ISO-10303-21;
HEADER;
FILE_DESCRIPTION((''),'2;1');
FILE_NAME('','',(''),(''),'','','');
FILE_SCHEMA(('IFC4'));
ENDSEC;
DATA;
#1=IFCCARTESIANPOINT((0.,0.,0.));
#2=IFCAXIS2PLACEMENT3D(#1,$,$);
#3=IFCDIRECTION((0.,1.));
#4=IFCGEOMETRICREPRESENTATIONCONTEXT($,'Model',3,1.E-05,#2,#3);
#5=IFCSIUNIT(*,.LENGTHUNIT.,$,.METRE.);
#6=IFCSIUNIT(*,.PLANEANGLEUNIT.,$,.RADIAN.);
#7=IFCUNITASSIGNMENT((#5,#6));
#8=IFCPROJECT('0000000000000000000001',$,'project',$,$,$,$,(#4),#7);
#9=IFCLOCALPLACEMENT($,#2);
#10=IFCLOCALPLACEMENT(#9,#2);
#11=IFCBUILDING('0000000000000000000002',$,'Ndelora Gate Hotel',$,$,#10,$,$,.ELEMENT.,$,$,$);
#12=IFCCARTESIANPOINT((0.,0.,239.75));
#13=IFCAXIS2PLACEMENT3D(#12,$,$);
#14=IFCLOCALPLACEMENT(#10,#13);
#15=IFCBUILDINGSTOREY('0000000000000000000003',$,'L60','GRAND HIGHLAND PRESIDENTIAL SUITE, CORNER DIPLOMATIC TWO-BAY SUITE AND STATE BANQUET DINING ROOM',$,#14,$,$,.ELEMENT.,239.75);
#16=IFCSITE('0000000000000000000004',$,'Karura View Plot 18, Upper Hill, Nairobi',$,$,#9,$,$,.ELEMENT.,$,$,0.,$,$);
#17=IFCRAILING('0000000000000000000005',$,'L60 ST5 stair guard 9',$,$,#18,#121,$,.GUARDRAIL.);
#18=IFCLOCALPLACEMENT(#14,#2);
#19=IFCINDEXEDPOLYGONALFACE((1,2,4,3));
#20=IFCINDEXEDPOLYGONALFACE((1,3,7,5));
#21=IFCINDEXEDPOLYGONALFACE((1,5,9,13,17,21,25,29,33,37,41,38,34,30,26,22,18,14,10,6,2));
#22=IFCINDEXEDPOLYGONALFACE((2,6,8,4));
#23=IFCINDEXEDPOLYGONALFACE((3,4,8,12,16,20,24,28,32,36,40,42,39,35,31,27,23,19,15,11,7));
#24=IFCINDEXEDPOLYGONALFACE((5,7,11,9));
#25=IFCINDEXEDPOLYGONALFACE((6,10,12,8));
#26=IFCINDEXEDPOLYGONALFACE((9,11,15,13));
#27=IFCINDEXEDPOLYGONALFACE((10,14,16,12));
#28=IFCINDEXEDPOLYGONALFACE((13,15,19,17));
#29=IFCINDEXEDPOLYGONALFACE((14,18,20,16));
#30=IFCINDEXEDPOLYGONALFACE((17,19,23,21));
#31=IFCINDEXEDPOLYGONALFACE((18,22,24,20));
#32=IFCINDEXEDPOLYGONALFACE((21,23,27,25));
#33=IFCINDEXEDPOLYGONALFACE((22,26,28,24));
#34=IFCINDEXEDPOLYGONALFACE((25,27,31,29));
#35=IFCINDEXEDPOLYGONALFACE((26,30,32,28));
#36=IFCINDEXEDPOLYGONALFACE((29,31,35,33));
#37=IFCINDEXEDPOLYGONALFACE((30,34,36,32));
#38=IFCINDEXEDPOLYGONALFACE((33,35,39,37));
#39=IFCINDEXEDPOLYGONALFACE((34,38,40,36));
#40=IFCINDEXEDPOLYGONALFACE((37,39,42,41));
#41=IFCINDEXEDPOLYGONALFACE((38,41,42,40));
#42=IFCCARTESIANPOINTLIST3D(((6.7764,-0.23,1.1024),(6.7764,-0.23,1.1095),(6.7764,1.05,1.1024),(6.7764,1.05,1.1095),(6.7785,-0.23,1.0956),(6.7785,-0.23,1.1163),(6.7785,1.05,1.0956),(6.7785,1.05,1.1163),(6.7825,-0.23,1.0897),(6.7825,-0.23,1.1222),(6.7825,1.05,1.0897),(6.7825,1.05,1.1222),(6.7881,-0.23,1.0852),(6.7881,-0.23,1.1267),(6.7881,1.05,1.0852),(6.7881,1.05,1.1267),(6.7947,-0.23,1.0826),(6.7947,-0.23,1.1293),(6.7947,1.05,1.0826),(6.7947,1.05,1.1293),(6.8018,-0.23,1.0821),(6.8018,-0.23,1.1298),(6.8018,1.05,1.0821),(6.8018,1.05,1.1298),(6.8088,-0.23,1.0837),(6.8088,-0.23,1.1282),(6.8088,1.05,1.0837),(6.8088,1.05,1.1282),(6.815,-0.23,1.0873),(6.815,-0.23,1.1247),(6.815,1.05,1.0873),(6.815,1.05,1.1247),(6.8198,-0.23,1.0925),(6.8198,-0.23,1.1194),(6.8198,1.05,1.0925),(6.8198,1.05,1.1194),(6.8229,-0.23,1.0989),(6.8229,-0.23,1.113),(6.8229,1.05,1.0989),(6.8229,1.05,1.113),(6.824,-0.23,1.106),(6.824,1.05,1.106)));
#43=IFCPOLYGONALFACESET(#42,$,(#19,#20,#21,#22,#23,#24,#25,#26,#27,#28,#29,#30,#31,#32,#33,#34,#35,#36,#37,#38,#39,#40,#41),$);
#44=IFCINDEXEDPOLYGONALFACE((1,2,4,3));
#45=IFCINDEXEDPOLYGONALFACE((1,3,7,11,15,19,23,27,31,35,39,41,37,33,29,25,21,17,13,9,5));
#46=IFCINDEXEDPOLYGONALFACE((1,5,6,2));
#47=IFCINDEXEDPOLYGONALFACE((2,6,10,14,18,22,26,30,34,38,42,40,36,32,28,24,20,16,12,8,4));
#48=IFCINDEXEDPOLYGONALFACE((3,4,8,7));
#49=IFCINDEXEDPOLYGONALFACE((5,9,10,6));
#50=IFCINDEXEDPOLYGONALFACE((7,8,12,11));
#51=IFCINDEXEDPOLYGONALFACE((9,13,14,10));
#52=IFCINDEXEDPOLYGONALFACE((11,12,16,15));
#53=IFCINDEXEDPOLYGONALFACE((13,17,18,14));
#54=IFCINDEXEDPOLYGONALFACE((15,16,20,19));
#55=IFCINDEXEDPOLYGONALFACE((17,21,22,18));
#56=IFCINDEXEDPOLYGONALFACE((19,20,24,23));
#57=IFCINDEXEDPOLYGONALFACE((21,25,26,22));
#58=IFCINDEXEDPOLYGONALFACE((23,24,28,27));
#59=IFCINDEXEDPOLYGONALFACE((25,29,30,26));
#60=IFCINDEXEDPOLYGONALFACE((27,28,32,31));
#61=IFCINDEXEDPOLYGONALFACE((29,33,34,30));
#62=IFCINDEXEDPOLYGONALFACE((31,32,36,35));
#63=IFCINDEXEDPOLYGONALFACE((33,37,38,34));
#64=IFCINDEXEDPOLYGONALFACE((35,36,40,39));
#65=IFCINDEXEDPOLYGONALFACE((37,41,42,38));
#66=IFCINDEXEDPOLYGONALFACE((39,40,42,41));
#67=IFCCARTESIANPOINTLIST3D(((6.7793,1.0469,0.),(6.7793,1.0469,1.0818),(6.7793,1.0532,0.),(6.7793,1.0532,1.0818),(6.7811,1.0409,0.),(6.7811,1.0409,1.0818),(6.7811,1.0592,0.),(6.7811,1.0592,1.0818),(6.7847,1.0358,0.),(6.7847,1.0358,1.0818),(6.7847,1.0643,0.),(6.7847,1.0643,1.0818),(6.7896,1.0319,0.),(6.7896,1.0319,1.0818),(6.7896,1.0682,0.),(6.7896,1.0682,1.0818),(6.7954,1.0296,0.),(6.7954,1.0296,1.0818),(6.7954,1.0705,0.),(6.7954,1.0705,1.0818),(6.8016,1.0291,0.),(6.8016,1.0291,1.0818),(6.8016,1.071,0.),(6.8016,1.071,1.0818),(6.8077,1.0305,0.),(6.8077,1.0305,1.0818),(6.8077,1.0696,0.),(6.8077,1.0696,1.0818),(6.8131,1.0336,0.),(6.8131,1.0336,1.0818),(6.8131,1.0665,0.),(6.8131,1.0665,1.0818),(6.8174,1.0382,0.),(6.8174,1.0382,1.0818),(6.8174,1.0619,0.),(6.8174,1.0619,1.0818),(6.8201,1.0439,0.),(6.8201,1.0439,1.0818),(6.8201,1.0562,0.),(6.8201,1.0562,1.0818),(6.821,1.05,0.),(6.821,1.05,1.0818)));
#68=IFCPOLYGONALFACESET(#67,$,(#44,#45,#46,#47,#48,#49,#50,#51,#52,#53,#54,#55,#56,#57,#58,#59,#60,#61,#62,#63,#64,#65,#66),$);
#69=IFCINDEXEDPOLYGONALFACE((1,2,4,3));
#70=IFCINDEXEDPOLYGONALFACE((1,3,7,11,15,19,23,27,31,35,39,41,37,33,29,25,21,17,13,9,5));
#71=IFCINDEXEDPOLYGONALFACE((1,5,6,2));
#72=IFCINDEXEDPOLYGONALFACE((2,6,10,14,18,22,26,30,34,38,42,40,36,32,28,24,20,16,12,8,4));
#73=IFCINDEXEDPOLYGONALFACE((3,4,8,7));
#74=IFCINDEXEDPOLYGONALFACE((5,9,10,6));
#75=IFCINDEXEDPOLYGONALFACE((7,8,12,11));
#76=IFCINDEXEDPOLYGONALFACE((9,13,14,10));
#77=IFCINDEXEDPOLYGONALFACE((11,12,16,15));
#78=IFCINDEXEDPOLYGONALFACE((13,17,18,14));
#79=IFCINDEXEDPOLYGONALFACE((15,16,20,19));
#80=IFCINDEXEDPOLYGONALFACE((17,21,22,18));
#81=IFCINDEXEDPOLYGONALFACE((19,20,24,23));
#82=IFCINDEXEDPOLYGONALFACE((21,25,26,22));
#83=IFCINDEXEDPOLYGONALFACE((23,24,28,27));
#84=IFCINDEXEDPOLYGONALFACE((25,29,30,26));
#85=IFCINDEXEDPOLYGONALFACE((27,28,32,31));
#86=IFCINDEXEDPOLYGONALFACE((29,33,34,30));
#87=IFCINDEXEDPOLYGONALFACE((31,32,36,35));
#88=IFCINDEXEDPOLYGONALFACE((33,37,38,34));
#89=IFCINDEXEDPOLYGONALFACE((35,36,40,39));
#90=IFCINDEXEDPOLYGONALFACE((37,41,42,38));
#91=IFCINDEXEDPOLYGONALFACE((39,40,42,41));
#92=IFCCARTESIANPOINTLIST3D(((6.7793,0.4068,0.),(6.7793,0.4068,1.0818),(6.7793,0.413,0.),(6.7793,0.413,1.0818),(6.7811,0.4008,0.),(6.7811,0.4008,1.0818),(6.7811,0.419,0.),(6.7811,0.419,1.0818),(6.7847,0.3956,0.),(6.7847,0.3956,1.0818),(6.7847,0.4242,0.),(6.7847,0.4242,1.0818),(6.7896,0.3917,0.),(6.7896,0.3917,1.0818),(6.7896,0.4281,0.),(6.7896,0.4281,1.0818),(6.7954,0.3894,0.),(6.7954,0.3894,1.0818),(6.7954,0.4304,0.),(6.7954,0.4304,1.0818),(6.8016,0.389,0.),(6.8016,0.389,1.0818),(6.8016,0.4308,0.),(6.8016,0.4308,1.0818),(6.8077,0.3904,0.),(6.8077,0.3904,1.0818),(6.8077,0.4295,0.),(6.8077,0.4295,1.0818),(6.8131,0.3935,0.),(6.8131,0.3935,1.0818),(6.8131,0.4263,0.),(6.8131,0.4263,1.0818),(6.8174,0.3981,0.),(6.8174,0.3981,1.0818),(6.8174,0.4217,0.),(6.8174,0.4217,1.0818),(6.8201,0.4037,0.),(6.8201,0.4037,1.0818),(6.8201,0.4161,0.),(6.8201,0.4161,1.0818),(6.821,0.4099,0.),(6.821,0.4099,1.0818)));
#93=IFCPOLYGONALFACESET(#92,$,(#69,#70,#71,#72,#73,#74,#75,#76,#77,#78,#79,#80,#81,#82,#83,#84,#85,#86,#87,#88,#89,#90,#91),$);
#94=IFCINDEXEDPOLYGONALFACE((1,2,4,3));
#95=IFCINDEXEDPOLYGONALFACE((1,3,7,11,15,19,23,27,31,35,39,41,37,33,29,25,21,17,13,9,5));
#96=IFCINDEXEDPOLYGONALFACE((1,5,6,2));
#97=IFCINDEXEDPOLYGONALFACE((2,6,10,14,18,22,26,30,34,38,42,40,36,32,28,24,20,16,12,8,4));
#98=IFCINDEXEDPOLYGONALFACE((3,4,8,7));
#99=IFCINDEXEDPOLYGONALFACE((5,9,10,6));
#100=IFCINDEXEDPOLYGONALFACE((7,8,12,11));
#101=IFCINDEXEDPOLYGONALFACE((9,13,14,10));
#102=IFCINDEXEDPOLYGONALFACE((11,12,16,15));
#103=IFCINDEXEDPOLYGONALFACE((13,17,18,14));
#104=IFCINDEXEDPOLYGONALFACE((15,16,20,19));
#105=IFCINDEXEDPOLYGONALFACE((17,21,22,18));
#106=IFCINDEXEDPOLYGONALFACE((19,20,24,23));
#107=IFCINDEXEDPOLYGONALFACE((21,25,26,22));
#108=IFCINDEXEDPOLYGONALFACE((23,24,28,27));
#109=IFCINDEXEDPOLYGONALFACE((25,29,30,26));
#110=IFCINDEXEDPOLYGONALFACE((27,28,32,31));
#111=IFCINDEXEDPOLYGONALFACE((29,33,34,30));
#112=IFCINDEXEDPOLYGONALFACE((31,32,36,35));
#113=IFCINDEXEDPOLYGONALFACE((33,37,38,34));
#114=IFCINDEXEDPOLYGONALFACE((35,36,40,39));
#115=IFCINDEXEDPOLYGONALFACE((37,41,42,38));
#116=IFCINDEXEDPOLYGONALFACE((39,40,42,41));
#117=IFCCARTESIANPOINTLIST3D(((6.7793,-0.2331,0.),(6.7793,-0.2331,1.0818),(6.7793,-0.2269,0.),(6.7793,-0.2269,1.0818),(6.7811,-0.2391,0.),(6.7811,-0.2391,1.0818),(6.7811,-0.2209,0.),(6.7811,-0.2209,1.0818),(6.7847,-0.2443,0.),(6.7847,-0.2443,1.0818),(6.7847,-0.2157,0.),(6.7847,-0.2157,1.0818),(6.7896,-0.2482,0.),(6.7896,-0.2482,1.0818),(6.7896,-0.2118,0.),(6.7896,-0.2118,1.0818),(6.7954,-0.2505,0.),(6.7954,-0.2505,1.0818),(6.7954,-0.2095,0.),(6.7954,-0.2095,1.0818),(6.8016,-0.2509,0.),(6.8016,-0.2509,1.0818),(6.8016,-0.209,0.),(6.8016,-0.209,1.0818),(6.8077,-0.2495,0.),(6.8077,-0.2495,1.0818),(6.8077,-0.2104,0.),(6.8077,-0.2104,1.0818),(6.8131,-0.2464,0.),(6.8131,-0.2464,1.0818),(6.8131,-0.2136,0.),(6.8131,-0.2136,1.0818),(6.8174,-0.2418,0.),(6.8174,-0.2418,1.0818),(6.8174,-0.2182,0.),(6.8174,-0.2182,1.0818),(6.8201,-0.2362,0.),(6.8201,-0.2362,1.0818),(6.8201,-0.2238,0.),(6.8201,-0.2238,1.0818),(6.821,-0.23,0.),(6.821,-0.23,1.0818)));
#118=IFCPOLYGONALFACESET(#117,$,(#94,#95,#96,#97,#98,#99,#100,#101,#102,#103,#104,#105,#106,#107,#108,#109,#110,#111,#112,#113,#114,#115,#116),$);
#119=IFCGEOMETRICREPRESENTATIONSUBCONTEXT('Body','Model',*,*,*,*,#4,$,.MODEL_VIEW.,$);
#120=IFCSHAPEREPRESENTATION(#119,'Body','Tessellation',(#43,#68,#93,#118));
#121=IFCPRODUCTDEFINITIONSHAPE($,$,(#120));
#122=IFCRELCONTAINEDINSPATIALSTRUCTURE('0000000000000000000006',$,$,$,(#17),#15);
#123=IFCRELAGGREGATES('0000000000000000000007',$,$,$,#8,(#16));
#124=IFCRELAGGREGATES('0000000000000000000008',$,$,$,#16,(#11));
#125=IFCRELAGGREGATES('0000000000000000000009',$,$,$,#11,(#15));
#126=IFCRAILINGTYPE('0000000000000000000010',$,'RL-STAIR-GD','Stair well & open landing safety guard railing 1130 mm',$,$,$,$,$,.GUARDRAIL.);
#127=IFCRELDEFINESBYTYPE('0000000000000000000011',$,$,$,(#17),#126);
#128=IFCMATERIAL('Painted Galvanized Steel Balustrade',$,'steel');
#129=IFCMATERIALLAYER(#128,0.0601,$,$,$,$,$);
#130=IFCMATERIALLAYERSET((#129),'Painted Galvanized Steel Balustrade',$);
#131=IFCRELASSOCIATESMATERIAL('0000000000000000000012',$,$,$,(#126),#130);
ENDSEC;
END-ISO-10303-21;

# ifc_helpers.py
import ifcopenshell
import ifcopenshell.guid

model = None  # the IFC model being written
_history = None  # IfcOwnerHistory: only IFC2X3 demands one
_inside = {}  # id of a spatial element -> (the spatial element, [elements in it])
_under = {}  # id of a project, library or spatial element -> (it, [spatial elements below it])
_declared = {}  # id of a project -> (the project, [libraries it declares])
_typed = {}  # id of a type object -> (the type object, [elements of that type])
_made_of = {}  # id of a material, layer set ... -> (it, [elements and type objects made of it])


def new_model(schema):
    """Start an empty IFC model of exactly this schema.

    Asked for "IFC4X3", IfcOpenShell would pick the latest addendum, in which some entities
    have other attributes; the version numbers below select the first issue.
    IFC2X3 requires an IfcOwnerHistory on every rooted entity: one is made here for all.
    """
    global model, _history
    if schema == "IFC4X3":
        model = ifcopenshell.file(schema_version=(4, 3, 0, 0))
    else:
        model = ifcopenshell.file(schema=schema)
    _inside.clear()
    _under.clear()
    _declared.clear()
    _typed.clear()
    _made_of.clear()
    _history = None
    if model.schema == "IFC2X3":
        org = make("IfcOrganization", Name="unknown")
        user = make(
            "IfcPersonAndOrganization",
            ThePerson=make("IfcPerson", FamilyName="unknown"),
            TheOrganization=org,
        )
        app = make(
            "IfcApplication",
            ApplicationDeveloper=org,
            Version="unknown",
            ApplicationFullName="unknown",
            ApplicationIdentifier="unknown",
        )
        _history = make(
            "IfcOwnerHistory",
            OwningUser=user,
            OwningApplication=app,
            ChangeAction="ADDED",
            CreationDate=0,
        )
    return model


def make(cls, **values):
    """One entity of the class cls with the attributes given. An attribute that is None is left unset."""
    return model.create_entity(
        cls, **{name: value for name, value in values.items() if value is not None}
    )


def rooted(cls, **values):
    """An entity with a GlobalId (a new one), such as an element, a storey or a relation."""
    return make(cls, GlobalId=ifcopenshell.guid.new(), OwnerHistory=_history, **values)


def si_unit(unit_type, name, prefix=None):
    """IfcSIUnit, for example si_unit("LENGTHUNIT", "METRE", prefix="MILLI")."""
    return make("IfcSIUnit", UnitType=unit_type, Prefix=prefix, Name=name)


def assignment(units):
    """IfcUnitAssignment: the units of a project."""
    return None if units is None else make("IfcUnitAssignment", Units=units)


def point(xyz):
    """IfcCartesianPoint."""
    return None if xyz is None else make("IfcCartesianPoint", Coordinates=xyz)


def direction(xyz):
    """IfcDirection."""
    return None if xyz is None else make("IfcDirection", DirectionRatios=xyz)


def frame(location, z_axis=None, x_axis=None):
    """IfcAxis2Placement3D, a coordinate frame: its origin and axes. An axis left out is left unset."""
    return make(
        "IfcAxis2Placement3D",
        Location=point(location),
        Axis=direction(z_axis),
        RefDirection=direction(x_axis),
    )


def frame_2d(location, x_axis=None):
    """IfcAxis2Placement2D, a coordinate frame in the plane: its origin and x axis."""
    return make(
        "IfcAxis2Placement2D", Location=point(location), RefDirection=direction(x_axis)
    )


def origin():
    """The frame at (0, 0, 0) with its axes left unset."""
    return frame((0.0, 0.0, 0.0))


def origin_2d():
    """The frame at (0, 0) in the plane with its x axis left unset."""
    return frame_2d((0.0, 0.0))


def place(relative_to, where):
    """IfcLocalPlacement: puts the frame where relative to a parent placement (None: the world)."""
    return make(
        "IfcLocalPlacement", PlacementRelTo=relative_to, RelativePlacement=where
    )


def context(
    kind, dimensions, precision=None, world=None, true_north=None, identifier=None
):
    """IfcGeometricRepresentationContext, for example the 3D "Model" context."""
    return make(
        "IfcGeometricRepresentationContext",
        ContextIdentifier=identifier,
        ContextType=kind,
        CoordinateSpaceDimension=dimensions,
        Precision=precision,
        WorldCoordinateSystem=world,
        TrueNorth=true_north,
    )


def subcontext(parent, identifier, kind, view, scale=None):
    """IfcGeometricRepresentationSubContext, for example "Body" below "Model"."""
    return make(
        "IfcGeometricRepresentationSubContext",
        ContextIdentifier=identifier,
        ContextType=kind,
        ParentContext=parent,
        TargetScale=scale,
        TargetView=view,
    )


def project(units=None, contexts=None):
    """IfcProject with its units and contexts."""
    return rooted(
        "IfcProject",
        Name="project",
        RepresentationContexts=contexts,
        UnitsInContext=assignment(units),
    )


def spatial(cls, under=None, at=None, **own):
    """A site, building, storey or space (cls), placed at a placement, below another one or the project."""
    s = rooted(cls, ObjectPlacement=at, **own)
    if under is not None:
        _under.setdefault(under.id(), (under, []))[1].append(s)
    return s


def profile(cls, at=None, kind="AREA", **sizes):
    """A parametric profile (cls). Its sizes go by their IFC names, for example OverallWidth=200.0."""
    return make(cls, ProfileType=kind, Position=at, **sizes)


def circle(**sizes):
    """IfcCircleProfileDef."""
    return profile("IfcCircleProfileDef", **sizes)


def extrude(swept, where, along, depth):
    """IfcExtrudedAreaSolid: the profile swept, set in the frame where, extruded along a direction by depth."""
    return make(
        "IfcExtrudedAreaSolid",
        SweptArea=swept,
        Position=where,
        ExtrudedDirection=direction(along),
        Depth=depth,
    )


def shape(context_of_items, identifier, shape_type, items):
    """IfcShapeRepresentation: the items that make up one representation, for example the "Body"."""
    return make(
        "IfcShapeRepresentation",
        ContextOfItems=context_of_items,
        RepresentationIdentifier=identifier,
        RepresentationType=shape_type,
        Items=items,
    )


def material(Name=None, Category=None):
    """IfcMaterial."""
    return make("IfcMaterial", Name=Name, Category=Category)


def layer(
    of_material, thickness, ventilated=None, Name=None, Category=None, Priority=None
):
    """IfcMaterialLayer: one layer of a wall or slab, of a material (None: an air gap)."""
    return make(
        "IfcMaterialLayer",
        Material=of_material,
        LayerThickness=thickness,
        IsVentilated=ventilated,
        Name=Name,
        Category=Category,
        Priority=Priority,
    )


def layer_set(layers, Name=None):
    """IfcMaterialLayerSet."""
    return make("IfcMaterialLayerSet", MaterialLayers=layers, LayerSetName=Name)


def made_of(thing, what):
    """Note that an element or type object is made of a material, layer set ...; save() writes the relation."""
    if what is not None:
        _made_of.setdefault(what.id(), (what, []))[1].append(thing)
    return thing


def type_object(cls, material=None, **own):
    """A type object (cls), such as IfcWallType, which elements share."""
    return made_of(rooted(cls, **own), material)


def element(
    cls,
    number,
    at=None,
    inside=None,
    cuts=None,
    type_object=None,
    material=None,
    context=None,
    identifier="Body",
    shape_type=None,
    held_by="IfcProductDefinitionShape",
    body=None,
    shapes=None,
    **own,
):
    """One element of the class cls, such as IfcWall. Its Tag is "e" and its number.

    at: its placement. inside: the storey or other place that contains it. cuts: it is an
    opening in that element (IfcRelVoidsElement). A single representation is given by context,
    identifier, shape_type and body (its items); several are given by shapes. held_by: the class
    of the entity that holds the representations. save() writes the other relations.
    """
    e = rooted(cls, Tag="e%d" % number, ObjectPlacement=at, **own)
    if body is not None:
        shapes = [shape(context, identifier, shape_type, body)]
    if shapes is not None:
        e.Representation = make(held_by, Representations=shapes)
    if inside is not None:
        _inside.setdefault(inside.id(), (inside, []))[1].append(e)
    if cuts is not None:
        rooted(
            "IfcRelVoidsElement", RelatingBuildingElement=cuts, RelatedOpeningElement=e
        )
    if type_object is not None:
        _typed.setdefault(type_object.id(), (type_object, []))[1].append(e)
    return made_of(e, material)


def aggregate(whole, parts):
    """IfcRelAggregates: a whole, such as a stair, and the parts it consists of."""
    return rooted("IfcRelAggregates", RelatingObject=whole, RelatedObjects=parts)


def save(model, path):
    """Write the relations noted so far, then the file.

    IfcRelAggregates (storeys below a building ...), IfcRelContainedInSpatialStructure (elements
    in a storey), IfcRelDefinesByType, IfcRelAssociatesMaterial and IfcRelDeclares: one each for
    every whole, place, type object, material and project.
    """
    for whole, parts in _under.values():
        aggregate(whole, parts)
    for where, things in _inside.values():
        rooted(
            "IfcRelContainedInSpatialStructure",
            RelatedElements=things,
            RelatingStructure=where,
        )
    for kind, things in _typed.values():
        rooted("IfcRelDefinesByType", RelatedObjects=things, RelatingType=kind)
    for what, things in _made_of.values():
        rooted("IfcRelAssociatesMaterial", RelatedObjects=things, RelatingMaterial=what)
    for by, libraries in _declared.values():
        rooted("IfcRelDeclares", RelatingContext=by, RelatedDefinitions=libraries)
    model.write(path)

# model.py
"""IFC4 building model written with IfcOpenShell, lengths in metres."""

from ifc_helpers import new_model, si_unit, direction, frame, origin, origin_2d, place, context, subcontext, project, spatial, circle, extrude, material, layer, layer_set, type_object, element, save


model = new_model("IFC4")

# Units and contexts
model_context = context("Model", 3, precision=1e-05, world=origin(), true_north=direction((0.0, 1.0)))
body_context = subcontext(model_context, "Body", "Model", "MODEL_VIEW")
ifc_project = project(units=[si_unit("LENGTHUNIT", "METRE"), si_unit("PLANEANGLEUNIT", "RADIAN")], contexts=[model_context])

# Site, building, storey
site_placement = place(None, origin())
site = spatial("IfcSite", under=ifc_project, at=site_placement, Name="Karura View Plot 18, Upper Hill, Nairobi", CompositionType="ELEMENT", RefElevation=0.0)
building_placement = place(site_placement, origin())
building = spatial("IfcBuilding", under=site, at=building_placement, Name="Ndelora Gate Hotel", CompositionType="ELEMENT")
storey_placement = place(building_placement, frame((0.0, 0.0, 239.75)))
storey = spatial("IfcBuildingStorey", under=building, at=storey_placement, Name="L60", Description="GRAND HIGHLAND PRESIDENTIAL SUITE, CORNER DIPLOMATIC TWO-BAY SUITE AND STATE BANQUET DINING ROOM", CompositionType="ELEMENT", Elevation=239.75)

# Railing
ifc_material_1 = material(Name="Painted Galvanized Steel Balustrade", Category="steel")
ifc_layer_1 = layer(ifc_material_1, 0.0601)
ifc_layer_set_1 = layer_set([ifc_layer_1], Name="Painted Galvanized Steel Balustrade")
railing_type_1 = type_object("IfcRailingType", Name="RL-STAIR-GD", Description="Stair well & open landing safety guard railing 1130 mm", PredefinedType="GUARDRAIL", material=ifc_layer_set_1)
for number, where, name in (
    (1, (6.8, 1.05, 0.0), "L60 ST5 stair guard 9"),
):
    element("IfcRailing", number, at=place(storey_placement, frame(where)), inside=storey, type_object=railing_type_1, Name=name, PredefinedType="GUARDRAIL", context=body_context, shape_type="SweptSolid", body=[
        extrude(circle(Radius=0.0239, at=origin_2d()), frame((0.0, 0.0, 1.106), z_axis=(0.0, -1.0, 0.0), x_axis=(1.0, 0.0, 0.0)), (0.0, 0.0, 1.0), 1.28),
        extrude(circle(Radius=0.021, at=origin_2d()), origin(), (0.0, 0.0, 1.0), 1.0818),
        extrude(circle(Radius=0.021, at=origin_2d()), frame((0.0, -0.6401, 0.0)), (0.0, 0.0, 1.0), 1.0818),
        extrude(circle(Radius=0.021, at=origin_2d()), frame((0.0, -1.28, 0.0)), (0.0, 0.0, 1.0), 1.0818),
    ])

save(model, "model.ifc")
